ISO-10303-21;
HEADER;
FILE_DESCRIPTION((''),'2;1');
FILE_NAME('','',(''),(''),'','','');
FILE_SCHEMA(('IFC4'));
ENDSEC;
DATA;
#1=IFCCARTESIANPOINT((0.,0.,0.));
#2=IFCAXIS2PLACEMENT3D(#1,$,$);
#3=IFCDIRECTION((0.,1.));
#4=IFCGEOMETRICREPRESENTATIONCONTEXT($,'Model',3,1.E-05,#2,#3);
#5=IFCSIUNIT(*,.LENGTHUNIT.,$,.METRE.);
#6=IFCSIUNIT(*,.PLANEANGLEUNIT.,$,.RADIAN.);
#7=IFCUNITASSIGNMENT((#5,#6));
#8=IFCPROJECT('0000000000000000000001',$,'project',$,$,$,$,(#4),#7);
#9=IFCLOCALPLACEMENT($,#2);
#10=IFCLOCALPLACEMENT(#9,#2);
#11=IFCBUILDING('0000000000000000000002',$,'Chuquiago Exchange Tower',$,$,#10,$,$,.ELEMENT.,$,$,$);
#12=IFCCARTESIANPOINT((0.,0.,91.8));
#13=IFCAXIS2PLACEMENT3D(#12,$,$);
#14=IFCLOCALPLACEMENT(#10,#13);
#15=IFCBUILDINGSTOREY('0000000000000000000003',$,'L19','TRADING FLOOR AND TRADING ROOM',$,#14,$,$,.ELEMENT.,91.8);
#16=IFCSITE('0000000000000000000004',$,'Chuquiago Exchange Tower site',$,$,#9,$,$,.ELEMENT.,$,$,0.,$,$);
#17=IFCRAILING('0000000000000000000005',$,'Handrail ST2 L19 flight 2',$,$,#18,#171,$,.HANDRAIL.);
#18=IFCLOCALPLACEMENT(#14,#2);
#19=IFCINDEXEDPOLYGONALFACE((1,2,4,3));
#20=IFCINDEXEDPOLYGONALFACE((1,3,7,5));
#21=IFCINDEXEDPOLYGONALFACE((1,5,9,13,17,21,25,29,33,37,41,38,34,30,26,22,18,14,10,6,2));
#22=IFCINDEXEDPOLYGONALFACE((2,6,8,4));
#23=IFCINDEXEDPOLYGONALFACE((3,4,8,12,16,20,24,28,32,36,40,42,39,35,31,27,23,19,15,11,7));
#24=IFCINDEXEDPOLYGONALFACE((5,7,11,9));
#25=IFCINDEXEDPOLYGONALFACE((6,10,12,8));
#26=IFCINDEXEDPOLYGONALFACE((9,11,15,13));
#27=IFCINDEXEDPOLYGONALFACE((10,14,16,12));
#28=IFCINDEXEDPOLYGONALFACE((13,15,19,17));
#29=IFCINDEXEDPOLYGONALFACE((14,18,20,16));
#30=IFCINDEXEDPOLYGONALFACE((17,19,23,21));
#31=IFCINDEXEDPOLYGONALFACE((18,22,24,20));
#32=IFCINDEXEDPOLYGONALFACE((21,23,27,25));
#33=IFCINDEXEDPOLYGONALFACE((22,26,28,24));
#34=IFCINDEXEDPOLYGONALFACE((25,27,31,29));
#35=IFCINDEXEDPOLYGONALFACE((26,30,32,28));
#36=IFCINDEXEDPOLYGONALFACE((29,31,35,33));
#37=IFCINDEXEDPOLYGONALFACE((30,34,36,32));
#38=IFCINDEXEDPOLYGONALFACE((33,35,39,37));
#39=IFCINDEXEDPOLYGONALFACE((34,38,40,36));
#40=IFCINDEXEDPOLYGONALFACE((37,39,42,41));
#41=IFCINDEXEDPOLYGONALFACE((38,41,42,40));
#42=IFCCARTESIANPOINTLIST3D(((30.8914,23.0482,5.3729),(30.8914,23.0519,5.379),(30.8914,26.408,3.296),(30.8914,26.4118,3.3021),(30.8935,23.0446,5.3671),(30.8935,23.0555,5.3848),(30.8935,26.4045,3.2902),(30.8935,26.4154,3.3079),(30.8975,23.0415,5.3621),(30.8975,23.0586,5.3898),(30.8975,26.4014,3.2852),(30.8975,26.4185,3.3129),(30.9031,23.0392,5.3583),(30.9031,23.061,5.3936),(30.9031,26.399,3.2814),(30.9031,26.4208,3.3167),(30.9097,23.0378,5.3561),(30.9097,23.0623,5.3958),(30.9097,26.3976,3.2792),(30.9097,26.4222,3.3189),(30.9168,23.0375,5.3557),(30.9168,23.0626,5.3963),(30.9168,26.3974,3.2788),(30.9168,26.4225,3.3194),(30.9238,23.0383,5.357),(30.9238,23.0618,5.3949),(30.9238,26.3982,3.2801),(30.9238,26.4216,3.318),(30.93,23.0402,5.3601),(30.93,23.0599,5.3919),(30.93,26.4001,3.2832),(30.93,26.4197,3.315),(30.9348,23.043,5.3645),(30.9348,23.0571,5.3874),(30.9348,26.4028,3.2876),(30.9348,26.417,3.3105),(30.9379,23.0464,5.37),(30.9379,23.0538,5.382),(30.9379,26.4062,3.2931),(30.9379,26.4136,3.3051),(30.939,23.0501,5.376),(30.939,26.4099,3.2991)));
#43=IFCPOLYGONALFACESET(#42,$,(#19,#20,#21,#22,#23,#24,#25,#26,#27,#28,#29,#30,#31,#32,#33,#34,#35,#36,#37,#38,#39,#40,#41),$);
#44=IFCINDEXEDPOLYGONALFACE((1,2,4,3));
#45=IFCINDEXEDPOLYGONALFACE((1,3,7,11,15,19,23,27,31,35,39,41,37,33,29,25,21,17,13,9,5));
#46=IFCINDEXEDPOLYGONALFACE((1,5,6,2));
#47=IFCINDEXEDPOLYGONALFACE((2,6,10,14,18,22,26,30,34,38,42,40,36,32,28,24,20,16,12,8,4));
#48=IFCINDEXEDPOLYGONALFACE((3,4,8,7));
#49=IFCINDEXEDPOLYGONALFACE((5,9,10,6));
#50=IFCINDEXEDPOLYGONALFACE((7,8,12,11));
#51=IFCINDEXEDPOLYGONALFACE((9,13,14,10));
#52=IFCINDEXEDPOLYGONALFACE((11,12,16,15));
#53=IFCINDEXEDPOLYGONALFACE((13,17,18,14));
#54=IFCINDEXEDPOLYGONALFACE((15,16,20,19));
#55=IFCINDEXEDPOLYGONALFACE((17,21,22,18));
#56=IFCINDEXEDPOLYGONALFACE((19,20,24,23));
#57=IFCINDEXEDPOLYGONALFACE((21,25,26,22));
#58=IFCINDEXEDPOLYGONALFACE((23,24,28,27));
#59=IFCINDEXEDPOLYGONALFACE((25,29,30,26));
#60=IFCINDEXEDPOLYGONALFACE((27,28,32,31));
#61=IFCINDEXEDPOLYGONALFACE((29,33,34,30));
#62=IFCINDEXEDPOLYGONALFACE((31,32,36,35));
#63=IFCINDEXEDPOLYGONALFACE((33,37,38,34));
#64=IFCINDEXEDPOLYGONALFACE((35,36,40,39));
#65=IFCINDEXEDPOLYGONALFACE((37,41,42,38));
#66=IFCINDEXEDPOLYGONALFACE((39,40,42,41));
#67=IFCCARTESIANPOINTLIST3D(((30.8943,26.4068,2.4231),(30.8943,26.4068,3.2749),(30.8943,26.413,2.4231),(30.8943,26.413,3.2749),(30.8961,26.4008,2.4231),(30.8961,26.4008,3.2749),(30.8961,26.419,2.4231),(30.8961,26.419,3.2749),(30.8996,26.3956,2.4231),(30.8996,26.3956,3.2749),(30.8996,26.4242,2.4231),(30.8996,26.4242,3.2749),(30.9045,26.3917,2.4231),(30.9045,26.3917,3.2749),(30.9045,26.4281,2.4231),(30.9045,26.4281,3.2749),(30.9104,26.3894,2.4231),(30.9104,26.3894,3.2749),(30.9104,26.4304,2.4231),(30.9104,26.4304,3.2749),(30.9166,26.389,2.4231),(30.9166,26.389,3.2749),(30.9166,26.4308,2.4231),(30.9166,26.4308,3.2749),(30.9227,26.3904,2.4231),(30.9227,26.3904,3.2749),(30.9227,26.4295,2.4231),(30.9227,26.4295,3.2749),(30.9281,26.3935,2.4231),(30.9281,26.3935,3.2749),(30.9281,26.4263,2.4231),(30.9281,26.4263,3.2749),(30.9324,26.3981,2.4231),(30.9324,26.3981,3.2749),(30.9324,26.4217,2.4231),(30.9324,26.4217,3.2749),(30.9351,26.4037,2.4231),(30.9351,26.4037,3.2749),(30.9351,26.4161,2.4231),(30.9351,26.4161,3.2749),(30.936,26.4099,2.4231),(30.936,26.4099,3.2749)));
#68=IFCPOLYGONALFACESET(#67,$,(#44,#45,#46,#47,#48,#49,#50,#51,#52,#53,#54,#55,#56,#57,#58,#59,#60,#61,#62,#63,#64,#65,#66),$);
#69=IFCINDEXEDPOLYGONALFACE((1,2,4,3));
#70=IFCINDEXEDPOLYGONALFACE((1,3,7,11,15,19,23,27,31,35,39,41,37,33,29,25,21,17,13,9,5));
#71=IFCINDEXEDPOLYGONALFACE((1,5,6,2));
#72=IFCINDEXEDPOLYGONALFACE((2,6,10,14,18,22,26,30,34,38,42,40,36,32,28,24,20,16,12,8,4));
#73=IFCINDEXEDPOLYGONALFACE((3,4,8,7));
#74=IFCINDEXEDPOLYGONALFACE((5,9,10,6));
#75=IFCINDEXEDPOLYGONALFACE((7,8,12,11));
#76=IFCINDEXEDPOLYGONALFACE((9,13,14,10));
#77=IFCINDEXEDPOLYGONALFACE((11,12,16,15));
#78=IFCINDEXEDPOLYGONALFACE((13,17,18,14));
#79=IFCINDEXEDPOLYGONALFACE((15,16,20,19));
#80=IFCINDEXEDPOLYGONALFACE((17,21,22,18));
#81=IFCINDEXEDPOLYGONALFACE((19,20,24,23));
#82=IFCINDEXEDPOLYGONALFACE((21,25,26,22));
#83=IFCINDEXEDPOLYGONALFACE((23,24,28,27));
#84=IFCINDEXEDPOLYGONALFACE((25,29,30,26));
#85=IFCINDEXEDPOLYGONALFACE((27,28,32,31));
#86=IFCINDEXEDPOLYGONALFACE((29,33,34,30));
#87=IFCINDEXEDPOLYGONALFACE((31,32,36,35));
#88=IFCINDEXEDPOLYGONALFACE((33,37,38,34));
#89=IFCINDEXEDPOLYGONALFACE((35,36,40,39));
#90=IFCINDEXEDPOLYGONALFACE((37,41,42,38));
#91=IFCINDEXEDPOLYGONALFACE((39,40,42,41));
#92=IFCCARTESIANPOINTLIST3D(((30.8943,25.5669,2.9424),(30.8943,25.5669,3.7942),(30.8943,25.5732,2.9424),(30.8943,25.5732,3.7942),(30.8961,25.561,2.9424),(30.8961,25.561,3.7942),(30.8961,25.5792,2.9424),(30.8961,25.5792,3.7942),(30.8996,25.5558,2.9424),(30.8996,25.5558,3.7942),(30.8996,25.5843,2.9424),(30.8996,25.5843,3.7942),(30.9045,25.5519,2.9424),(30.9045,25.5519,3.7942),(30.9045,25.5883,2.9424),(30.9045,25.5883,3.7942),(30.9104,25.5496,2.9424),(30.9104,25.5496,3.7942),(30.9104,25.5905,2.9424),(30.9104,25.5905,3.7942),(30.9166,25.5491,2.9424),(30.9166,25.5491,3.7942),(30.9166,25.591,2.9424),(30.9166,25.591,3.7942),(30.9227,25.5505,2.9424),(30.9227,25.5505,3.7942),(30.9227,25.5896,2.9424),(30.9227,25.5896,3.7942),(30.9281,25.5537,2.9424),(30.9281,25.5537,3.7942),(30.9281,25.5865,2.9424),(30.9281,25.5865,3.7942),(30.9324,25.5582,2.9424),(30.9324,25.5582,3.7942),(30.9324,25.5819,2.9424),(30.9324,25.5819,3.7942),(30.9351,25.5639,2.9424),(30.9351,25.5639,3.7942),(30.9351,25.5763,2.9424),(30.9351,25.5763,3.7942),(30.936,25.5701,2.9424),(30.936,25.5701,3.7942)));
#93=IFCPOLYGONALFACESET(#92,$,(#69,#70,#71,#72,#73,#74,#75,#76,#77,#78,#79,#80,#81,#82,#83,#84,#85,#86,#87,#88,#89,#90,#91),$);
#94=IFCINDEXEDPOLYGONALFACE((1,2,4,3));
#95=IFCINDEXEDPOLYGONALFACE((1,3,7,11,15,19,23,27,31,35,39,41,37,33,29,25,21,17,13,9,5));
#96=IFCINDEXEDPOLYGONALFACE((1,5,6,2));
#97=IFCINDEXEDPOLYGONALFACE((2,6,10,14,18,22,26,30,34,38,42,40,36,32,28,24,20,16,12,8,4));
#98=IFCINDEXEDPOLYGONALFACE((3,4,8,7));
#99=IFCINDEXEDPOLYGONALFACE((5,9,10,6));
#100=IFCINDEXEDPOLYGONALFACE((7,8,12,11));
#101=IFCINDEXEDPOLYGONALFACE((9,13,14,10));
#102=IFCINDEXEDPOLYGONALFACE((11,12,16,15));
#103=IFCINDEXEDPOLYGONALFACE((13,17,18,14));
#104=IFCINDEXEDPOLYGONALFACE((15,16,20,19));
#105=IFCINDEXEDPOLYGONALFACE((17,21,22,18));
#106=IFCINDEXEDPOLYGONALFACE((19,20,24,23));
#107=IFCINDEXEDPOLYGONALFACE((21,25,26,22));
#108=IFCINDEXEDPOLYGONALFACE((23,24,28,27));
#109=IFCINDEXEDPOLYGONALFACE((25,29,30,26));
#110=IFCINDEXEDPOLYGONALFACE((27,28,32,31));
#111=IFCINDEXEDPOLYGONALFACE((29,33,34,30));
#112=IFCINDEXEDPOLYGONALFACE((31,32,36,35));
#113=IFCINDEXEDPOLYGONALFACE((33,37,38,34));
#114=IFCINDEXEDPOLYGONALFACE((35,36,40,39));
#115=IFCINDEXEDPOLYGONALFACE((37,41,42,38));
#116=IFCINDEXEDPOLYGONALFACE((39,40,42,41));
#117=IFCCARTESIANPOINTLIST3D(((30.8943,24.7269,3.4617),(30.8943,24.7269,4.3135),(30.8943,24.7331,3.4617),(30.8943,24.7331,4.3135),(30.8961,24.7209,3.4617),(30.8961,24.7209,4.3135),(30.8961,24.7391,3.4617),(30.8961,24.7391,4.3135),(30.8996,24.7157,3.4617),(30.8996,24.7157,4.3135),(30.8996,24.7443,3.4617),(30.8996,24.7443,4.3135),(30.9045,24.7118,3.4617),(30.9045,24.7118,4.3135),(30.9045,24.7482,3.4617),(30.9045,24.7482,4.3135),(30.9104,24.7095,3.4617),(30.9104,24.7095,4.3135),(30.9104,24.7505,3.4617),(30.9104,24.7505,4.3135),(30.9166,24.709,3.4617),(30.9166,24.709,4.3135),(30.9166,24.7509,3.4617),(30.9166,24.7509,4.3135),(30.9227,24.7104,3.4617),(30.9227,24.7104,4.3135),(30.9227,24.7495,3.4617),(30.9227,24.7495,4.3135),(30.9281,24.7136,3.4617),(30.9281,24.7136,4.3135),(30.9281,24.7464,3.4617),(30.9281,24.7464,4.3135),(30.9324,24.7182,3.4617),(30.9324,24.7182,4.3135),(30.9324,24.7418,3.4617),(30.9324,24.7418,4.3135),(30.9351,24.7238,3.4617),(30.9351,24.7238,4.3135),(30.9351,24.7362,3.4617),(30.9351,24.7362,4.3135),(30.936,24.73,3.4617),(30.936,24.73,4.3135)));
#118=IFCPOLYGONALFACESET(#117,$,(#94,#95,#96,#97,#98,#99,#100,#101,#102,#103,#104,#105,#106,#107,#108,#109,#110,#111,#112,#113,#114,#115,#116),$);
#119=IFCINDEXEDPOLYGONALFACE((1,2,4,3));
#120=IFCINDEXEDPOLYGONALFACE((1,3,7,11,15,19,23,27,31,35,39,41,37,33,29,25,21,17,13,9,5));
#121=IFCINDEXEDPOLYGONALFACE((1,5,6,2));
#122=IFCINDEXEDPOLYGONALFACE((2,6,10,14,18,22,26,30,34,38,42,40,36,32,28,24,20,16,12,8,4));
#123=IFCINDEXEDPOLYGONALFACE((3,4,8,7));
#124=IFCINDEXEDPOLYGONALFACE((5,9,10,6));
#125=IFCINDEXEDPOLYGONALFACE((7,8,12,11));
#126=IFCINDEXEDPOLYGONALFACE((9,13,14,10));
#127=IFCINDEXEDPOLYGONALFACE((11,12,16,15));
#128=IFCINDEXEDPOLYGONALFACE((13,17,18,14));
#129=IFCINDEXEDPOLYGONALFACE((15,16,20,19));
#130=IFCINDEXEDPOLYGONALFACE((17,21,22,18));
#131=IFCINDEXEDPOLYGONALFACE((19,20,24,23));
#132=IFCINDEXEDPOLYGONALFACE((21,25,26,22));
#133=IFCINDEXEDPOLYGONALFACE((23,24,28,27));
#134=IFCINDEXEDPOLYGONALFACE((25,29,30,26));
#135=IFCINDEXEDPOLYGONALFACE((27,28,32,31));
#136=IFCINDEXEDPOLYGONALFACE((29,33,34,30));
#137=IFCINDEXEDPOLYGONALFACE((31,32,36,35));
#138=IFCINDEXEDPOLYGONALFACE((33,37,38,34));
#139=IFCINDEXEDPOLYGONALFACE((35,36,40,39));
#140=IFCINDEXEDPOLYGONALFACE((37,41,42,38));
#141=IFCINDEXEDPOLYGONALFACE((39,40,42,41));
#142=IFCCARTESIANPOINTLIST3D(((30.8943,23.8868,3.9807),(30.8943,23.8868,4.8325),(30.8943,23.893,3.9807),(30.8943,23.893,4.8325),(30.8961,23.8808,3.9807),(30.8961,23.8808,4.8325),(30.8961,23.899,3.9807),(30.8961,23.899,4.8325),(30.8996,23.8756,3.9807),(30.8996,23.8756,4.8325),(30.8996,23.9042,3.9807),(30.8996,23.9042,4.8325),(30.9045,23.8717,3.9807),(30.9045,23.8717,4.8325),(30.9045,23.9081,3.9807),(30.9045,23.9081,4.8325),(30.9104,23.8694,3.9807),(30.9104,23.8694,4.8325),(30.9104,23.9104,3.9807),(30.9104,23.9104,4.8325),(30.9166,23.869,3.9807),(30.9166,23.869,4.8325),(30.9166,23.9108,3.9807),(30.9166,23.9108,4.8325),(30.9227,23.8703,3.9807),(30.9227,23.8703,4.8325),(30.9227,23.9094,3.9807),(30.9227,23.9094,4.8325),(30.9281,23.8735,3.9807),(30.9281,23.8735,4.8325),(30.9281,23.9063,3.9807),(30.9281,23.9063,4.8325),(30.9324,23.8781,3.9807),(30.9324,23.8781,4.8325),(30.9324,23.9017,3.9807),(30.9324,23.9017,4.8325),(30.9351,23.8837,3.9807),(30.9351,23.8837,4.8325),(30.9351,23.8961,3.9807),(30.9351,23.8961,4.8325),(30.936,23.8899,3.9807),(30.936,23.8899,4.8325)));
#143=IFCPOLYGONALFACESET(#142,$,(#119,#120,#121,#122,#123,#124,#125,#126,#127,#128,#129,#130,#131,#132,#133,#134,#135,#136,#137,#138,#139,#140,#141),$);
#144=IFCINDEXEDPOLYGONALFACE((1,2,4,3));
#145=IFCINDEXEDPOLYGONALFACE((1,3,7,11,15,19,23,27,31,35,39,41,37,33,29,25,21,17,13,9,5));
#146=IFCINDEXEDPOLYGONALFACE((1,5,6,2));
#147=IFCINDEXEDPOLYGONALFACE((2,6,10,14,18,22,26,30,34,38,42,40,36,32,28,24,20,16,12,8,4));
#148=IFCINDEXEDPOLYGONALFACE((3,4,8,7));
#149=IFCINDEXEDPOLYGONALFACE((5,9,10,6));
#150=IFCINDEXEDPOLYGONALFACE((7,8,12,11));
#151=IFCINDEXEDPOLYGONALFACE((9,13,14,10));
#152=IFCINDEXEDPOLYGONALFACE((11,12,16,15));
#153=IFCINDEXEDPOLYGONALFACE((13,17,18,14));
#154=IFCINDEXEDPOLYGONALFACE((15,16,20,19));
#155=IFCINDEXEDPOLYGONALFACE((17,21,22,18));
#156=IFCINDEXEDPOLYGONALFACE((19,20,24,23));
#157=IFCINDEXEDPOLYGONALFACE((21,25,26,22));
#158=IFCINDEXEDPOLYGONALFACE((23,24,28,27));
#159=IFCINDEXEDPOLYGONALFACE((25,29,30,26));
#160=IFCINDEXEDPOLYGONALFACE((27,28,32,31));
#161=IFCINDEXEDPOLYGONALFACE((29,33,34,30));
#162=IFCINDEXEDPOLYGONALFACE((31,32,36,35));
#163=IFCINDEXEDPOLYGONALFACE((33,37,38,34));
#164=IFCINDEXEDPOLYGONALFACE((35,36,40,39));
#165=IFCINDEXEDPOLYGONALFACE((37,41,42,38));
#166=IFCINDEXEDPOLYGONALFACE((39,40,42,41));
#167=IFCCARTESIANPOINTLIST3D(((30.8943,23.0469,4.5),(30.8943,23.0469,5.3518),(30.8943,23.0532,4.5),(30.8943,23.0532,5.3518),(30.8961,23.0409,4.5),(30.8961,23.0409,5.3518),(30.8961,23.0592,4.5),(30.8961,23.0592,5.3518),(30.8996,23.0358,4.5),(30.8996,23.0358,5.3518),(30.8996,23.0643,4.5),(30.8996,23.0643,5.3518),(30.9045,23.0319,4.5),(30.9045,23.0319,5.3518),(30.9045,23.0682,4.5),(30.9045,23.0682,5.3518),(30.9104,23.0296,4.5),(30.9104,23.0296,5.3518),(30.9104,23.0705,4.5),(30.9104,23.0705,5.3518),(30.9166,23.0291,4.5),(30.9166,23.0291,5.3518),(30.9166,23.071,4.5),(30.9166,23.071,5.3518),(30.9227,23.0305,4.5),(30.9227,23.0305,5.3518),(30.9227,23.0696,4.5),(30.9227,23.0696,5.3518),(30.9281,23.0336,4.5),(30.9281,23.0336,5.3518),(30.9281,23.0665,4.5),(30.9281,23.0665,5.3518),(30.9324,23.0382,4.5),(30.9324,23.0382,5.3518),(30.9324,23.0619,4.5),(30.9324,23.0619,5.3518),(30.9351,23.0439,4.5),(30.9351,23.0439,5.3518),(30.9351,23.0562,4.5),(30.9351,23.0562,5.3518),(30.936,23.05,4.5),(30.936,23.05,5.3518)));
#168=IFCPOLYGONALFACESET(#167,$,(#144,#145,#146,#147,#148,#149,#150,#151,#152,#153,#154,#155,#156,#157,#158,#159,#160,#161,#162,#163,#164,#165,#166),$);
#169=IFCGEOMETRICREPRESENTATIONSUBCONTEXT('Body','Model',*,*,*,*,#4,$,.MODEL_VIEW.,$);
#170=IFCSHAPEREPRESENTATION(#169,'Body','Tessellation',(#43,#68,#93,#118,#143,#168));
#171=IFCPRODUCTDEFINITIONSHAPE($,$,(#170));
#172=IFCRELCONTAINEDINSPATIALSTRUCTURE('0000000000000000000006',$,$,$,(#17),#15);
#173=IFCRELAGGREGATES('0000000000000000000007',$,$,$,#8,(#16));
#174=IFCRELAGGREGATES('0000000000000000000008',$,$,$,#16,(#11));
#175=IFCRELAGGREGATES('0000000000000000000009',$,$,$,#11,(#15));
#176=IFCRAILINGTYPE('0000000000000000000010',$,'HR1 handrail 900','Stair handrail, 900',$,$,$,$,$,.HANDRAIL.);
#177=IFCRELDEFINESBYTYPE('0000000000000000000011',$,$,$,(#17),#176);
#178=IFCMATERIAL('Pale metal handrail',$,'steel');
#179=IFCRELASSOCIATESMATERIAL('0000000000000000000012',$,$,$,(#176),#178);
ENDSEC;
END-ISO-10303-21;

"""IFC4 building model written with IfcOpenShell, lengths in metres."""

from ifc_helpers import new_model, si_unit, direction, frame, origin, origin_2d, place, context, subcontext, project, spatial, circle, extrude, material, type_object, element, save


model = new_model("IFC4")

# Units and contexts
model_context = context("Model", 3, precision=1e-05, world=origin(), true_north=direction((0.0, 1.0)))
body_context = subcontext(model_context, "Body", "Model", "MODEL_VIEW")
ifc_project = project(units=[si_unit("LENGTHUNIT", "METRE"), si_unit("PLANEANGLEUNIT", "RADIAN")], contexts=[model_context])

# Site, building, storey
site_placement = place(None, origin())
site = spatial("IfcSite", under=ifc_project, at=site_placement, Name="Chuquiago Exchange Tower site", CompositionType="ELEMENT", RefElevation=0.0)
building_placement = place(site_placement, origin())
building = spatial("IfcBuilding", under=site, at=building_placement, Name="Chuquiago Exchange Tower", CompositionType="ELEMENT")
storey_placement = place(building_placement, frame((0.0, 0.0, 91.8)))
storey = spatial("IfcBuildingStorey", under=building, at=storey_placement, Name="L19", Description="TRADING FLOOR AND TRADING ROOM", CompositionType="ELEMENT", Elevation=91.8)

# Railing
ifc_material_1 = material(Name="Pale metal handrail", Category="steel")
railing_type_1 = type_object("IfcRailingType", Name="HR1 handrail 900", Description="Stair handrail, 900", PredefinedType="HANDRAIL", material=ifc_material_1)
for number, where, name in (
    (1, (30.915, 26.4099, 2.4231), "Handrail ST2 L19 flight 2"),
):
    element("IfcRailing", number, at=place(storey_placement, frame(where)), inside=storey, type_object=railing_type_1, Name=name, PredefinedType="HANDRAIL", context=body_context, shape_type="SweptSolid", body=[
        extrude(circle(Radius=0.0239, at=origin_2d()), frame((0.0, 0.0, 0.876), z_axis=(0.0, -0.850606, 0.525803), x_axis=(1.0, 0.0, 0.0)), (0.0, 0.0, 1.0), 3.95),
        extrude(circle(Radius=0.021, at=origin_2d()), origin(), (0.0, 0.0, 1.0), 0.8518),
        extrude(circle(Radius=0.021, at=origin_2d()), frame((0.0, -0.8398, 0.5193)), (0.0, 0.0, 1.0), 0.8518),
        extrude(circle(Radius=0.021, at=origin_2d()), frame((0.0, -1.6799, 1.0386)), (0.0, 0.0, 1.0), 0.8518),
        extrude(circle(Radius=0.021, at=origin_2d()), frame((0.0, -2.52, 1.5576)), (0.0, 0.0, 1.0), 0.8518),
        extrude(circle(Radius=0.021, at=origin_2d()), frame((0.0, -3.3599, 2.0769)), (0.0, 0.0, 1.0), 0.8518),
    ])

save(model, "model.ifc")
